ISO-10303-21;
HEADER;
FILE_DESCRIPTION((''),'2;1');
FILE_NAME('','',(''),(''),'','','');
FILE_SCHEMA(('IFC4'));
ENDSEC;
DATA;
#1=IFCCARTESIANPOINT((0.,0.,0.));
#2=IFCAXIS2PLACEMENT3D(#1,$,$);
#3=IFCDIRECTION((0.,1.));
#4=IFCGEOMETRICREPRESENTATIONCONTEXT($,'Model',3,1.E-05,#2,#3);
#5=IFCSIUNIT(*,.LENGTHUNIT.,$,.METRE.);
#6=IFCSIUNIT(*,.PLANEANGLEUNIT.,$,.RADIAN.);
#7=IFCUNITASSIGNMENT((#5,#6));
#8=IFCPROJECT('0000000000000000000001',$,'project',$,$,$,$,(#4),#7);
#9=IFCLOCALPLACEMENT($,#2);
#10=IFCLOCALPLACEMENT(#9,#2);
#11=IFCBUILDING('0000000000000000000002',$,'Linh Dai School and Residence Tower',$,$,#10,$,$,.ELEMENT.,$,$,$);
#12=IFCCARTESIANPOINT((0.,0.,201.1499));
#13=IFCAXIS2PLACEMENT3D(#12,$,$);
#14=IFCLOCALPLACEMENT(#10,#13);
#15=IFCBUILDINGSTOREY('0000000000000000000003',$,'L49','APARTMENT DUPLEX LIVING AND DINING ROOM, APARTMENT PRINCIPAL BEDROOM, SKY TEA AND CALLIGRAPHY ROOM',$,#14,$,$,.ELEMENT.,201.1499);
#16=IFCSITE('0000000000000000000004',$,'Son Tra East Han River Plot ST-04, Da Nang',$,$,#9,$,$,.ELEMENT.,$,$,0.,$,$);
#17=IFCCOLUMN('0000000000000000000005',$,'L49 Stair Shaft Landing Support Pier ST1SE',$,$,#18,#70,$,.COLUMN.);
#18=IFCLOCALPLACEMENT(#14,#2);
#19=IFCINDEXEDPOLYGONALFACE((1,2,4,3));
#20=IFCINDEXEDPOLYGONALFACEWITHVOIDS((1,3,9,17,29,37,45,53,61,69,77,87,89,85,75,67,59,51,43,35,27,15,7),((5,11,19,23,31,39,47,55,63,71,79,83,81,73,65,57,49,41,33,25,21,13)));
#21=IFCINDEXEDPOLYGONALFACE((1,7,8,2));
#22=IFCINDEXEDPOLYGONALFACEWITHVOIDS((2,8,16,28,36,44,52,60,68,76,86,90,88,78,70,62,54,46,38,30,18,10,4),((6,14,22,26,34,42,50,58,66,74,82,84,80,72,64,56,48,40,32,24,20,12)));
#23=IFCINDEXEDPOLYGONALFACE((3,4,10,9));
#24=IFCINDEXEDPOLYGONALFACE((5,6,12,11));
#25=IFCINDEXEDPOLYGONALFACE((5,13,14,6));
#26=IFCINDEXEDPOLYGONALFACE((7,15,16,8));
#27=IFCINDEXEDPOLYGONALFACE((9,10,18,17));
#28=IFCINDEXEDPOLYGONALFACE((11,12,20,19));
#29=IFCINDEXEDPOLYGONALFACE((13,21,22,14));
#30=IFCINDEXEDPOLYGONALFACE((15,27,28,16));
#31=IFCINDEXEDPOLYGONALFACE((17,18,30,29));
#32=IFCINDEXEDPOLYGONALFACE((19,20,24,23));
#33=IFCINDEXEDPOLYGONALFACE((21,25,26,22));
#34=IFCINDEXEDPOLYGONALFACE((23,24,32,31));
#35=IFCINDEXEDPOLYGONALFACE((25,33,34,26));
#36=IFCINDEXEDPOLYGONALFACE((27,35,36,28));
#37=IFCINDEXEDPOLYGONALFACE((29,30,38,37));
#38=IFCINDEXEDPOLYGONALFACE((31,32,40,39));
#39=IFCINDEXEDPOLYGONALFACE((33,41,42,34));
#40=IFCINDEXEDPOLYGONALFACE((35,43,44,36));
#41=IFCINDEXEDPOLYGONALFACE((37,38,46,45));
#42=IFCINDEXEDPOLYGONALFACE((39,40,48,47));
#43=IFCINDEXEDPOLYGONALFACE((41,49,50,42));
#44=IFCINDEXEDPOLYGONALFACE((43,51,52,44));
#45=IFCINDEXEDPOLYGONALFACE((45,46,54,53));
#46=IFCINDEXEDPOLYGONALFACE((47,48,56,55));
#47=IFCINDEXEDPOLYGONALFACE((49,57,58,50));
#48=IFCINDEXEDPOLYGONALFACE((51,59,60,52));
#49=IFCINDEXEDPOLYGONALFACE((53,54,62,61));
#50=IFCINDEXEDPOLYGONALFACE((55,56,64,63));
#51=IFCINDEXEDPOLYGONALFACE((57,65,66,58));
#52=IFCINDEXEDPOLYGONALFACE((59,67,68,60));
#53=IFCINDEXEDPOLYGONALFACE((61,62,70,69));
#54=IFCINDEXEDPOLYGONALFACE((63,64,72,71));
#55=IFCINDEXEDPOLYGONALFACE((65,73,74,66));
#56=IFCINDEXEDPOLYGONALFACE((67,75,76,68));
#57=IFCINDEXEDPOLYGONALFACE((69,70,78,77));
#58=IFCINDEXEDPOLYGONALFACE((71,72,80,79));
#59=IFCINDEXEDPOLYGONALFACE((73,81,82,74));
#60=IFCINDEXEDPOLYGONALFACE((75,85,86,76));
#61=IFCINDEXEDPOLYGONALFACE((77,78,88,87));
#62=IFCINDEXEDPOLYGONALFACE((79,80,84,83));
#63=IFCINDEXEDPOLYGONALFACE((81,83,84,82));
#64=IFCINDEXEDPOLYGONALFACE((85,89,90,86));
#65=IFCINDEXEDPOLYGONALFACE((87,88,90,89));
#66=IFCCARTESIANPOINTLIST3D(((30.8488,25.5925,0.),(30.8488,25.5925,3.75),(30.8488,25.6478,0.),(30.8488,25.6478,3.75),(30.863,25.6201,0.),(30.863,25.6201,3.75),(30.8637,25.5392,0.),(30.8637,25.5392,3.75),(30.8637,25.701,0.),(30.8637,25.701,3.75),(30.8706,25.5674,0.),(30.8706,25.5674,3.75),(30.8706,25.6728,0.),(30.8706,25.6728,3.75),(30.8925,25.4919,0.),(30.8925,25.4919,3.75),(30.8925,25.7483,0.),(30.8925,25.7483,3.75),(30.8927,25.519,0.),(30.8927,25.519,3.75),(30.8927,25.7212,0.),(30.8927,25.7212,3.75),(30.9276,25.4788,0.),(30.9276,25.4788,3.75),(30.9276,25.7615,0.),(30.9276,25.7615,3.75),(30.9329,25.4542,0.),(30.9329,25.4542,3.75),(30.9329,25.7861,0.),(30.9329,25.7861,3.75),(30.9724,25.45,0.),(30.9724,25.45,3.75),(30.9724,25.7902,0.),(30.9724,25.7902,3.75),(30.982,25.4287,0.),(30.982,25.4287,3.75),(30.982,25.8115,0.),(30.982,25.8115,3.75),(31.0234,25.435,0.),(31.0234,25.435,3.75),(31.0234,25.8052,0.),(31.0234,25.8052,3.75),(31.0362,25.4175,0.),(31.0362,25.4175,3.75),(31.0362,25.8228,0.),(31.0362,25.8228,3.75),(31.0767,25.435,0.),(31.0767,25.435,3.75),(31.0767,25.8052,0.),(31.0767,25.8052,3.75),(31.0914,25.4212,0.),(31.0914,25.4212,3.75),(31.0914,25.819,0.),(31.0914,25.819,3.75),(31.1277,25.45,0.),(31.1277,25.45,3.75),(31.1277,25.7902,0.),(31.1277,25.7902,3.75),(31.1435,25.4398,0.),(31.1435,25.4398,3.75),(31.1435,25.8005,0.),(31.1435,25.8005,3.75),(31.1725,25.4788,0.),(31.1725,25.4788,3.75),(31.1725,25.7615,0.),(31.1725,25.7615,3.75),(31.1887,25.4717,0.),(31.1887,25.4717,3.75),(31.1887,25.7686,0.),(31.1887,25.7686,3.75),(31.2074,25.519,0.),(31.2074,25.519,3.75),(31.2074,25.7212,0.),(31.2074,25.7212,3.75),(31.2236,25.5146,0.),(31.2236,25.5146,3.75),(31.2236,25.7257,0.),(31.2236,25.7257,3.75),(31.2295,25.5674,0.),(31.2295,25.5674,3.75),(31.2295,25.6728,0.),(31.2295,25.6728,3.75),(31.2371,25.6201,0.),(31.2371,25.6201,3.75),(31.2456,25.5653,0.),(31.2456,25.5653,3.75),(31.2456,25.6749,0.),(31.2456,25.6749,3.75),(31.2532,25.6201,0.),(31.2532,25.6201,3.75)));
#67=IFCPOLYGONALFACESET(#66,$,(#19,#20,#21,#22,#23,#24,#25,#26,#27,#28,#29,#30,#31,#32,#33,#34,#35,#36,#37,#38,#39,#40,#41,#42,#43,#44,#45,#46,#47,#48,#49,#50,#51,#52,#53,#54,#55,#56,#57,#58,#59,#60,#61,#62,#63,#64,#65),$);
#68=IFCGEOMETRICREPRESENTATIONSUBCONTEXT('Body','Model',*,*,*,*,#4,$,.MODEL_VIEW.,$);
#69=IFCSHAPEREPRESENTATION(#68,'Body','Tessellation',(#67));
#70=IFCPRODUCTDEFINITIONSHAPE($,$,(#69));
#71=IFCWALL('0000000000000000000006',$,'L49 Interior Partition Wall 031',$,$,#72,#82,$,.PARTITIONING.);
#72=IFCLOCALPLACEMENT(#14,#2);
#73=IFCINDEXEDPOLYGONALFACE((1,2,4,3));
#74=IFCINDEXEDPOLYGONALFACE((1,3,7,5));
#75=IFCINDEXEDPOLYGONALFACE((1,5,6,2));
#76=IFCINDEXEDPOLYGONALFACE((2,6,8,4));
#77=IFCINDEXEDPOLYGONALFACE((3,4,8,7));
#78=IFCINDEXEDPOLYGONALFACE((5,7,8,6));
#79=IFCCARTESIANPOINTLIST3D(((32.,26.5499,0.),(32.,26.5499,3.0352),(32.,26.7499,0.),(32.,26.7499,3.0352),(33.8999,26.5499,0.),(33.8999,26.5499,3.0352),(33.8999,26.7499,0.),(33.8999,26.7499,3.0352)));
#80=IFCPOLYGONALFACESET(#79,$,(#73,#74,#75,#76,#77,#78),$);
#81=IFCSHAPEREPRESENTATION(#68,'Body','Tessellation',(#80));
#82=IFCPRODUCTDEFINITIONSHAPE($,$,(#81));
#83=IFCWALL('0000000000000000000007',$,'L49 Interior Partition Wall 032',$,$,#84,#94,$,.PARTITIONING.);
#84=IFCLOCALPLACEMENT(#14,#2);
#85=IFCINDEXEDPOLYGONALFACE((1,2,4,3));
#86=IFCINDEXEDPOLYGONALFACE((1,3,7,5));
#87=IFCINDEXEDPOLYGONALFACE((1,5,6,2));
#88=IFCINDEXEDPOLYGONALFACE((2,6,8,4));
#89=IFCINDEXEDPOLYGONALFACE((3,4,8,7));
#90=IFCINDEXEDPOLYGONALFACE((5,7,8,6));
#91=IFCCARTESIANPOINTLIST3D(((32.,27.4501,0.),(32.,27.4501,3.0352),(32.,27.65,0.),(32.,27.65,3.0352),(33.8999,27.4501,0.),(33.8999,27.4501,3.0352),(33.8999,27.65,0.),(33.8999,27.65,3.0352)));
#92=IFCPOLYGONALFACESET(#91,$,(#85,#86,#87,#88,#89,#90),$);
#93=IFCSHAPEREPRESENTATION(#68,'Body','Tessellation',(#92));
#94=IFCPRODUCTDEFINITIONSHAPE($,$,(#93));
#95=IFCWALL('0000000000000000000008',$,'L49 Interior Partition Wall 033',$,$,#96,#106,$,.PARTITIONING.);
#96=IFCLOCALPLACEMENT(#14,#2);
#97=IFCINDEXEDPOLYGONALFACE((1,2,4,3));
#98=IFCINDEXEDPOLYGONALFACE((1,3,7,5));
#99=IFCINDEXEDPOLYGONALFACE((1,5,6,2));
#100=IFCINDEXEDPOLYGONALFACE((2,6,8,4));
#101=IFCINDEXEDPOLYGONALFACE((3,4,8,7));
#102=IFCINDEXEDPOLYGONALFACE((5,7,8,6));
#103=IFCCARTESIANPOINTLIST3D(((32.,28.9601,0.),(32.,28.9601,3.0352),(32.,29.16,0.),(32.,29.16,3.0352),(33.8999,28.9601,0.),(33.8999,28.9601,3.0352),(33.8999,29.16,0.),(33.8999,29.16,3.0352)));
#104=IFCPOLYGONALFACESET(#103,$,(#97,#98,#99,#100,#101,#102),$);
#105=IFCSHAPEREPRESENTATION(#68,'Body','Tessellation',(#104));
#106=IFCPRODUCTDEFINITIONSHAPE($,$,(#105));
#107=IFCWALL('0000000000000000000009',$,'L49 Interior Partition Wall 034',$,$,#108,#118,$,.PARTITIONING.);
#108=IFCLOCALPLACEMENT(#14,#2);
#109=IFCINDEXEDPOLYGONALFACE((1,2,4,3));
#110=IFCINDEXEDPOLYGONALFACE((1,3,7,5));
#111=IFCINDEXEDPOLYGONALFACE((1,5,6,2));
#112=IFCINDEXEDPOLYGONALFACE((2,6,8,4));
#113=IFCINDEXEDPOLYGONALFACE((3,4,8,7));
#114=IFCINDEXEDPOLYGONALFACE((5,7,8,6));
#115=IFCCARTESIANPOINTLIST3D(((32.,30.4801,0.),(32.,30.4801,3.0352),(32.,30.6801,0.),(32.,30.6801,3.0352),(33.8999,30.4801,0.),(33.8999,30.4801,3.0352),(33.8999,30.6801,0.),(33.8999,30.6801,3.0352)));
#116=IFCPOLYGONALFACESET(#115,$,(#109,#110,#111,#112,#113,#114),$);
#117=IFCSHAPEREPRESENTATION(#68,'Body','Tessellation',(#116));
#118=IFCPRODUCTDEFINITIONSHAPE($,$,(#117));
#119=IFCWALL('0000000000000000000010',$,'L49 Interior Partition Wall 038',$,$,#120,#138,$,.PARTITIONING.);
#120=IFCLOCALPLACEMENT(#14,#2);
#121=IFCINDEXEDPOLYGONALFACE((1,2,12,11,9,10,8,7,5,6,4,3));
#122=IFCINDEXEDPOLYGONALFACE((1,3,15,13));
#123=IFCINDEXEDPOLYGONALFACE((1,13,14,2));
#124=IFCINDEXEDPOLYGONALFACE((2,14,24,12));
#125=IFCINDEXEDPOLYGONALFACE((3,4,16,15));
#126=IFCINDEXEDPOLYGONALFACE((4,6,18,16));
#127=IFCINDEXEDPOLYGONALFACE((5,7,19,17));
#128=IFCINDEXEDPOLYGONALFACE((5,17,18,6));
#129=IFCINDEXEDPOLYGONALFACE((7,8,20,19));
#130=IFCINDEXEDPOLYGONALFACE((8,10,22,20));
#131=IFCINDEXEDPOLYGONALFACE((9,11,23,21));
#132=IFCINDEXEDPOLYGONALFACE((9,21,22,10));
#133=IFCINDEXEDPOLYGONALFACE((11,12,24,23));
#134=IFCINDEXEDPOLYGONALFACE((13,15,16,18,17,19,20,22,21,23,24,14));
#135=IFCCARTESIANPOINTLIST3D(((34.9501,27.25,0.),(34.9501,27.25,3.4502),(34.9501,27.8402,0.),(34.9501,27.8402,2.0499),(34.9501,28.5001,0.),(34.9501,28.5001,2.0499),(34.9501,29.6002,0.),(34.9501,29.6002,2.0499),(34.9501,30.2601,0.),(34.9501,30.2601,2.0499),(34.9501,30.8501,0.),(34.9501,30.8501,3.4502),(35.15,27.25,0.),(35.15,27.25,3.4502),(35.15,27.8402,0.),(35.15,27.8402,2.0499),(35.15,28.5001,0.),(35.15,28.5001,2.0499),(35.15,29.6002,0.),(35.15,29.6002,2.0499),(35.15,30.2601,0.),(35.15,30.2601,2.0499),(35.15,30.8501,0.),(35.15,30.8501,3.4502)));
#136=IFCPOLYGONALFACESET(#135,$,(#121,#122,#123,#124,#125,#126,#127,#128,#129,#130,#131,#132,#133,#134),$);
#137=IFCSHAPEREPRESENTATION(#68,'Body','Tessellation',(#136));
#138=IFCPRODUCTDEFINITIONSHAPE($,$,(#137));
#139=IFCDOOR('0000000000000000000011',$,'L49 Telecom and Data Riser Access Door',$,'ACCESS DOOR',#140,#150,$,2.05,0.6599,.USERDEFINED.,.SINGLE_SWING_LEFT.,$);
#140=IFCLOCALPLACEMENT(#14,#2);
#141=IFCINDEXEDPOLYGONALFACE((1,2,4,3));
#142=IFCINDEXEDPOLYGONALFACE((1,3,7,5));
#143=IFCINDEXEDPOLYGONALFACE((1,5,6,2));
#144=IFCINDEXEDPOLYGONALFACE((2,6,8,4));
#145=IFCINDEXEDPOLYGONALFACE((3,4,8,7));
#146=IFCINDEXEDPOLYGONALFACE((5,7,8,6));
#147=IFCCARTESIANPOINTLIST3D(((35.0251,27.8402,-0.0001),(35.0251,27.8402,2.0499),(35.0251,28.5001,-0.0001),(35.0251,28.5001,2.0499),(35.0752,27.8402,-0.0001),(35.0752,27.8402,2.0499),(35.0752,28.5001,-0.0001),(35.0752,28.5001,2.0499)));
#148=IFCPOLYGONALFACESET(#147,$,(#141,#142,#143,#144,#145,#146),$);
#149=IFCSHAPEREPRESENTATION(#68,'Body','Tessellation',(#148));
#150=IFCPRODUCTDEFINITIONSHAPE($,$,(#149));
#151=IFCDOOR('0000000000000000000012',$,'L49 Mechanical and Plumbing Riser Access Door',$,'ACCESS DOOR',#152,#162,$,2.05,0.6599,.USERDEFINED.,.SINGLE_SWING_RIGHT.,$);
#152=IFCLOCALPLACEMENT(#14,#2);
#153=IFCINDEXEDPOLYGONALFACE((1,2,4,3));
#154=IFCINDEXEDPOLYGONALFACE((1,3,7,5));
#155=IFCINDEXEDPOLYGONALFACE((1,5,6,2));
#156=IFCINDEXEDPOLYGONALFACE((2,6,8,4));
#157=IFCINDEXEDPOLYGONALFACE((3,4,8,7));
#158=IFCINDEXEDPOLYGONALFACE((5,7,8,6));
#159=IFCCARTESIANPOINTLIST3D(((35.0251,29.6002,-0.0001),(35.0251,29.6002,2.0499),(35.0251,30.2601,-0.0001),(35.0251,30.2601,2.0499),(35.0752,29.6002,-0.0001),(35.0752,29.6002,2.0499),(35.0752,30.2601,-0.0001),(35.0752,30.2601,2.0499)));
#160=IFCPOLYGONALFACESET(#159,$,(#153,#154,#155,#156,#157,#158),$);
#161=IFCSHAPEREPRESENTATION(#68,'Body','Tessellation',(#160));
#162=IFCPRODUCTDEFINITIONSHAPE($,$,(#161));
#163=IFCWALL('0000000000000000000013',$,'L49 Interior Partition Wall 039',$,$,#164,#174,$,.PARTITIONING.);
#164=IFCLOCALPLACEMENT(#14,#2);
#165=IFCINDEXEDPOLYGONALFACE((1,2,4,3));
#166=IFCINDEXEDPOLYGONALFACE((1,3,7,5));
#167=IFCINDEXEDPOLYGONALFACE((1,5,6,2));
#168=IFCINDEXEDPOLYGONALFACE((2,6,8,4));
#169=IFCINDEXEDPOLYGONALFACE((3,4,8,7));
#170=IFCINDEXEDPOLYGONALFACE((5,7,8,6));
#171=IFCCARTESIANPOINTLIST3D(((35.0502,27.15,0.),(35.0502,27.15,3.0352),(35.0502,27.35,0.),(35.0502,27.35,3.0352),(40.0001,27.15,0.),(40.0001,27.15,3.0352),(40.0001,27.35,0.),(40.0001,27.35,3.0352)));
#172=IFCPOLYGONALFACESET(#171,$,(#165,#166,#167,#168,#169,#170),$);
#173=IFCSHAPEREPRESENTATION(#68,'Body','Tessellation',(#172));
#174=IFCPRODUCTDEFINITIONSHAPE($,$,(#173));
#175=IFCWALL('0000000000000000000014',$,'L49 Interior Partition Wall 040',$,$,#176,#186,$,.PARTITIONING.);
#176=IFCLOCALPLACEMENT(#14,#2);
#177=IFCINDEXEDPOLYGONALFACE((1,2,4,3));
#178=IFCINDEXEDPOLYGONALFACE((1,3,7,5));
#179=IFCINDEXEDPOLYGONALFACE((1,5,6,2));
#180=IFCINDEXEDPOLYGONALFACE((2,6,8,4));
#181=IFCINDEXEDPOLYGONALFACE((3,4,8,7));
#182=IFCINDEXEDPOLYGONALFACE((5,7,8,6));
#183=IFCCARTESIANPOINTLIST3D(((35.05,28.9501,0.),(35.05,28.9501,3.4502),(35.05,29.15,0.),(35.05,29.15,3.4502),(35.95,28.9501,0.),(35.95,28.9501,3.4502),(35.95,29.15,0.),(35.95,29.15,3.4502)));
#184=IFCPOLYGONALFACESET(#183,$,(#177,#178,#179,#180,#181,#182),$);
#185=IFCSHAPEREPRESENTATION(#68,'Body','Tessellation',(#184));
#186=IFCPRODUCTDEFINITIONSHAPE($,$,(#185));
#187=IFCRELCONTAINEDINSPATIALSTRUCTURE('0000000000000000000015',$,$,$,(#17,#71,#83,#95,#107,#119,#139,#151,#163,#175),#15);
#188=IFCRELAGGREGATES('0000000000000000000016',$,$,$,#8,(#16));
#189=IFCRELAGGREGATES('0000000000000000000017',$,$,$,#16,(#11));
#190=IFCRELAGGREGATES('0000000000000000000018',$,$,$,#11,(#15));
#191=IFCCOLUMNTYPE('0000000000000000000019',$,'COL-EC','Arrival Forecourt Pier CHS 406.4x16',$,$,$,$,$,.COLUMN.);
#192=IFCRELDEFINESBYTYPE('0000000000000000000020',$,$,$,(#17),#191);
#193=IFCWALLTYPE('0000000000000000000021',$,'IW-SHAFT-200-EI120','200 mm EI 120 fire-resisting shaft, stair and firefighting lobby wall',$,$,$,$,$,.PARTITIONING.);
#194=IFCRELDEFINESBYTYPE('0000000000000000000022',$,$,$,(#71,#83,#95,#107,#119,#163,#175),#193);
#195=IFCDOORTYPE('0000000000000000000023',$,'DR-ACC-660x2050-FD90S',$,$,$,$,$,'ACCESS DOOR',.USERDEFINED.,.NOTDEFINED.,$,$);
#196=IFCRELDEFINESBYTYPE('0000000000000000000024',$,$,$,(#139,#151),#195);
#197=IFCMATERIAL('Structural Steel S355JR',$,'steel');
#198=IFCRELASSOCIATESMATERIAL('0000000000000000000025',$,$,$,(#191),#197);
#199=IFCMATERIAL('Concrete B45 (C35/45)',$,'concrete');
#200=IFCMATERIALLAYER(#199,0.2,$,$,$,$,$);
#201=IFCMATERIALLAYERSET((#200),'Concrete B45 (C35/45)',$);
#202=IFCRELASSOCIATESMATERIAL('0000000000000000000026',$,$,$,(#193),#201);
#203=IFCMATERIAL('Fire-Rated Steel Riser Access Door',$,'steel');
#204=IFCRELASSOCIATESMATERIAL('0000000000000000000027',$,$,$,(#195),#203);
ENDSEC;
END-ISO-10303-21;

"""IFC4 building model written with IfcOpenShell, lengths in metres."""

from ifc_helpers import new_model, si_unit, direction, frame, frame_2d, origin, origin_2d, place, context, subcontext, project, spatial, rectangle, hollow_circle, extrude, source, transform, mapped, material, layer, layer_set, material_profile, profile_set, type_object, element, fill, save


model = new_model("IFC4")

# Units and contexts
model_context = context("Model", 3, precision=1e-05, world=origin(), true_north=direction((0.0, 1.0)))
body_context = subcontext(model_context, "Body", "Model", "MODEL_VIEW")
ifc_project = project(units=[si_unit("LENGTHUNIT", "METRE"), si_unit("PLANEANGLEUNIT", "RADIAN")], contexts=[model_context])

# Site, building, storey
site_placement = place(None, origin())
site = spatial("IfcSite", under=ifc_project, at=site_placement, Name="Son Tra East Han River Plot ST-04, Da Nang", CompositionType="ELEMENT", RefElevation=0.0)
building_placement = place(site_placement, origin())
building = spatial("IfcBuilding", under=site, at=building_placement, Name="Linh Dai School and Residence Tower", CompositionType="ELEMENT")
storey_placement = place(building_placement, frame((0.0, 0.0, 201.1499)))
storey = spatial("IfcBuildingStorey", under=building, at=storey_placement, Name="L49", Description="APARTMENT DUPLEX LIVING AND DINING ROOM, APARTMENT PRINCIPAL BEDROOM, SKY TEA AND CALLIGRAPHY ROOM", CompositionType="ELEMENT", Elevation=201.1499)

# Column
ifc_material_1 = material(Name="Structural Steel S355JR", Category="steel")
ifc_material_profile = material_profile(ifc_material_1, hollow_circle(Radius=0.2031, WallThickness=0.0161, at=origin_2d()), Name="CHS 406.4x16")
ifc_profile_set = profile_set([ifc_material_profile], Name="Structural Steel S355JR")
column_type = type_object("IfcColumnType", Name="COL-EC", Description="Arrival Forecourt Pier CHS 406.4x16", PredefinedType="COLUMN", material=ifc_profile_set)
column_placement = place(storey_placement, frame((31.05, 25.6201, 0.0), z_axis=(0.0, 0.0, 1.0), x_axis=(1.0, 0.0, 0.0)))
element("IfcColumn", 1, at=column_placement, inside=storey, type_object=column_type, Name="L49 Stair Shaft Landing Support Pier ST1SE", PredefinedType="COLUMN", context=body_context, shape_type="SweptSolid", body=[
    extrude(hollow_circle(Radius=0.2031, WallThickness=0.0161, at=origin_2d()), origin(), (0.0, 0.0, 1.0), 3.75),
])

# Walls
ifc_material_2 = material(Name="Concrete B45 (C35/45)", Category="concrete")
ifc_layer_1 = layer(ifc_material_2, 0.2)
ifc_layer_set_1 = layer_set([ifc_layer_1], Name="Concrete B45 (C35/45)")
wall_type_1 = type_object("IfcWallType", Name="IW-SHAFT-200-EI120", Description="200 mm EI 120 fire-resisting shaft, stair and firefighting lobby wall", PredefinedType="PARTITIONING", material=ifc_layer_set_1)
for number, where, z_axis, x_axis, name in (
    (2, (32.0, 26.6499, 0.0), (0.0, 0.0, 1.0), (1.0, 0.0, 0.0), "L49 Interior Partition Wall 031"),
    (3, (32.0, 27.55, 0.0), (0.0, 0.0, 1.0), (1.0, 0.0, 0.0), "L49 Interior Partition Wall 032"),
    (4, (32.0, 29.0601, 0.0), (0.0, 0.0, 1.0), (1.0, 0.0, 0.0), "L49 Interior Partition Wall 033"),
    (5, (32.0, 30.5801, 0.0), (0.0, 0.0, 1.0), (1.0, 0.0, 0.0), "L49 Interior Partition Wall 034"),
):
    element("IfcWall", number, at=place(storey_placement, frame(where, z_axis=z_axis, x_axis=x_axis)), inside=storey, type_object=wall_type_1, Name=name, PredefinedType="PARTITIONING", context=body_context, shape_type="SweptSolid", body=[
        extrude(rectangle(XDim=1.8999, YDim=0.2, at=frame_2d((0.95, 0.0))), origin(), (0.0, 0.0, 1.0), 3.0352),
    ])

# Wall, openings, doors
wall_1_placement = place(storey_placement, frame((35.05, 27.25, 0.0), z_axis=(0.0, 0.0, 1.0), x_axis=(0.0, 1.0, 0.0)))
wall_1 = element("IfcWall", 6, at=wall_1_placement, inside=storey, type_object=wall_type_1, Name="L49 Interior Partition Wall 038", PredefinedType="PARTITIONING", context=body_context, shape_type="SweptSolid", body=[
    extrude(rectangle(XDim=3.6001, YDim=0.2, at=frame_2d((1.8, 0.0))), origin(), (0.0, 0.0, 1.0), 3.4502),
])
opening_1_placement = place(wall_1_placement, frame((0.5901, 0.0, 0.0)))
opening_1 = element("IfcOpeningElement", 7, at=opening_1_placement, cuts=wall_1, PredefinedType="OPENING", context=body_context, shape_type="SweptSolid", body=[
    extrude(rectangle(XDim=0.6599, YDim=2.05, at=origin_2d()), frame((0.3301, 0.1099, 1.0249), z_axis=(0.0, -1.0, 0.0), x_axis=(1.0, 0.0, 0.0)), (0.0, 0.0, 1.0), 0.22),
])
opening_2_placement = place(wall_1_placement, frame((2.3501, 0.0, 0.0)))
opening_2 = element("IfcOpeningElement", 8, at=opening_2_placement, cuts=wall_1, PredefinedType="OPENING", context=body_context, shape_type="SweptSolid", body=[
    extrude(rectangle(XDim=0.6599, YDim=2.05, at=origin_2d()), frame((0.3301, 0.1099, 1.0249), z_axis=(0.0, -1.0, 0.0), x_axis=(1.0, 0.0, 0.0)), (0.0, 0.0, 1.0), 0.22),
])
ifc_material_3 = material(Name="Fire-Rated Steel Riser Access Door", Category="steel")
door_type_1 = type_object("IfcDoorType", Name="DR-ACC-660x2050-FD90S", ElementType="ACCESS DOOR", OperationType="NOTDEFINED", PredefinedType="USERDEFINED", material=ifc_material_3)
shared_shape_1 = source(origin(), body_context, "Body", "SweptSolid", [
    extrude(rectangle(XDim=0.6599, YDim=2.05, at=origin_2d()), frame((0.3301, 0.0249, 1.0249), z_axis=(0.0, -1.0, 0.0), x_axis=(1.0, 0.0, 0.0)), (0.0, 0.0, 1.0), 0.05),
])
door_1_placement = place(opening_1_placement, origin())
door_1 = element("IfcDoor", 9, at=door_1_placement, inside=storey, type_object=door_type_1, Name="L49 Telecom and Data Riser Access Door", ObjectType="ACCESS DOOR", OperationType="SINGLE_SWING_LEFT", OverallHeight=2.05, OverallWidth=0.6599, PredefinedType="USERDEFINED", context=body_context, shape_type="MappedRepresentation", body=[
    mapped(shared_shape_1, transform((0.0, 0.0, 0.0), x_axis=(1.0, 0.0, 0.0), y_axis=(0.0, 1.0, 0.0), z_axis=(0.0, 0.0, 1.0), scale=1.0)),
])
fill(opening_1, door_1)
door_2_placement = place(opening_2_placement, origin())
door_2 = element("IfcDoor", 10, at=door_2_placement, inside=storey, type_object=door_type_1, Name="L49 Mechanical and Plumbing Riser Access Door", ObjectType="ACCESS DOOR", OperationType="SINGLE_SWING_RIGHT", OverallHeight=2.05, OverallWidth=0.6599, PredefinedType="USERDEFINED", context=body_context, shape_type="MappedRepresentation", body=[
    mapped(shared_shape_1, transform((0.0, 0.0, 0.0), x_axis=(1.0, 0.0, 0.0), y_axis=(0.0, 1.0, 0.0), z_axis=(0.0, 0.0, 1.0), scale=1.0)),
])
fill(opening_2, door_2)

# Walls
wall_2_placement = place(storey_placement, frame((35.05, 27.25, 0.0), z_axis=(0.0, 0.0, 1.0), x_axis=(1.0, 0.0, 0.0)))
element("IfcWall", 11, at=wall_2_placement, inside=storey, type_object=wall_type_1, Name="L49 Interior Partition Wall 039", PredefinedType="PARTITIONING", context=body_context, shape_type="SweptSolid", body=[
    extrude(rectangle(XDim=4.95, YDim=0.2, at=frame_2d((2.4751, 0.0))), origin(), (0.0, 0.0, 1.0), 3.0352),
])
wall_3_placement = place(storey_placement, frame((35.05, 29.05, 0.0), z_axis=(0.0, 0.0, 1.0), x_axis=(1.0, 0.0, 0.0)))
element("IfcWall", 12, at=wall_3_placement, inside=storey, type_object=wall_type_1, Name="L49 Interior Partition Wall 040", PredefinedType="PARTITIONING", context=body_context, shape_type="SweptSolid", body=[
    extrude(rectangle(XDim=0.8999, YDim=0.2, at=frame_2d((0.45, 0.0))), origin(), (0.0, 0.0, 1.0), 3.4502),
])

save(model, "model.ifc")
